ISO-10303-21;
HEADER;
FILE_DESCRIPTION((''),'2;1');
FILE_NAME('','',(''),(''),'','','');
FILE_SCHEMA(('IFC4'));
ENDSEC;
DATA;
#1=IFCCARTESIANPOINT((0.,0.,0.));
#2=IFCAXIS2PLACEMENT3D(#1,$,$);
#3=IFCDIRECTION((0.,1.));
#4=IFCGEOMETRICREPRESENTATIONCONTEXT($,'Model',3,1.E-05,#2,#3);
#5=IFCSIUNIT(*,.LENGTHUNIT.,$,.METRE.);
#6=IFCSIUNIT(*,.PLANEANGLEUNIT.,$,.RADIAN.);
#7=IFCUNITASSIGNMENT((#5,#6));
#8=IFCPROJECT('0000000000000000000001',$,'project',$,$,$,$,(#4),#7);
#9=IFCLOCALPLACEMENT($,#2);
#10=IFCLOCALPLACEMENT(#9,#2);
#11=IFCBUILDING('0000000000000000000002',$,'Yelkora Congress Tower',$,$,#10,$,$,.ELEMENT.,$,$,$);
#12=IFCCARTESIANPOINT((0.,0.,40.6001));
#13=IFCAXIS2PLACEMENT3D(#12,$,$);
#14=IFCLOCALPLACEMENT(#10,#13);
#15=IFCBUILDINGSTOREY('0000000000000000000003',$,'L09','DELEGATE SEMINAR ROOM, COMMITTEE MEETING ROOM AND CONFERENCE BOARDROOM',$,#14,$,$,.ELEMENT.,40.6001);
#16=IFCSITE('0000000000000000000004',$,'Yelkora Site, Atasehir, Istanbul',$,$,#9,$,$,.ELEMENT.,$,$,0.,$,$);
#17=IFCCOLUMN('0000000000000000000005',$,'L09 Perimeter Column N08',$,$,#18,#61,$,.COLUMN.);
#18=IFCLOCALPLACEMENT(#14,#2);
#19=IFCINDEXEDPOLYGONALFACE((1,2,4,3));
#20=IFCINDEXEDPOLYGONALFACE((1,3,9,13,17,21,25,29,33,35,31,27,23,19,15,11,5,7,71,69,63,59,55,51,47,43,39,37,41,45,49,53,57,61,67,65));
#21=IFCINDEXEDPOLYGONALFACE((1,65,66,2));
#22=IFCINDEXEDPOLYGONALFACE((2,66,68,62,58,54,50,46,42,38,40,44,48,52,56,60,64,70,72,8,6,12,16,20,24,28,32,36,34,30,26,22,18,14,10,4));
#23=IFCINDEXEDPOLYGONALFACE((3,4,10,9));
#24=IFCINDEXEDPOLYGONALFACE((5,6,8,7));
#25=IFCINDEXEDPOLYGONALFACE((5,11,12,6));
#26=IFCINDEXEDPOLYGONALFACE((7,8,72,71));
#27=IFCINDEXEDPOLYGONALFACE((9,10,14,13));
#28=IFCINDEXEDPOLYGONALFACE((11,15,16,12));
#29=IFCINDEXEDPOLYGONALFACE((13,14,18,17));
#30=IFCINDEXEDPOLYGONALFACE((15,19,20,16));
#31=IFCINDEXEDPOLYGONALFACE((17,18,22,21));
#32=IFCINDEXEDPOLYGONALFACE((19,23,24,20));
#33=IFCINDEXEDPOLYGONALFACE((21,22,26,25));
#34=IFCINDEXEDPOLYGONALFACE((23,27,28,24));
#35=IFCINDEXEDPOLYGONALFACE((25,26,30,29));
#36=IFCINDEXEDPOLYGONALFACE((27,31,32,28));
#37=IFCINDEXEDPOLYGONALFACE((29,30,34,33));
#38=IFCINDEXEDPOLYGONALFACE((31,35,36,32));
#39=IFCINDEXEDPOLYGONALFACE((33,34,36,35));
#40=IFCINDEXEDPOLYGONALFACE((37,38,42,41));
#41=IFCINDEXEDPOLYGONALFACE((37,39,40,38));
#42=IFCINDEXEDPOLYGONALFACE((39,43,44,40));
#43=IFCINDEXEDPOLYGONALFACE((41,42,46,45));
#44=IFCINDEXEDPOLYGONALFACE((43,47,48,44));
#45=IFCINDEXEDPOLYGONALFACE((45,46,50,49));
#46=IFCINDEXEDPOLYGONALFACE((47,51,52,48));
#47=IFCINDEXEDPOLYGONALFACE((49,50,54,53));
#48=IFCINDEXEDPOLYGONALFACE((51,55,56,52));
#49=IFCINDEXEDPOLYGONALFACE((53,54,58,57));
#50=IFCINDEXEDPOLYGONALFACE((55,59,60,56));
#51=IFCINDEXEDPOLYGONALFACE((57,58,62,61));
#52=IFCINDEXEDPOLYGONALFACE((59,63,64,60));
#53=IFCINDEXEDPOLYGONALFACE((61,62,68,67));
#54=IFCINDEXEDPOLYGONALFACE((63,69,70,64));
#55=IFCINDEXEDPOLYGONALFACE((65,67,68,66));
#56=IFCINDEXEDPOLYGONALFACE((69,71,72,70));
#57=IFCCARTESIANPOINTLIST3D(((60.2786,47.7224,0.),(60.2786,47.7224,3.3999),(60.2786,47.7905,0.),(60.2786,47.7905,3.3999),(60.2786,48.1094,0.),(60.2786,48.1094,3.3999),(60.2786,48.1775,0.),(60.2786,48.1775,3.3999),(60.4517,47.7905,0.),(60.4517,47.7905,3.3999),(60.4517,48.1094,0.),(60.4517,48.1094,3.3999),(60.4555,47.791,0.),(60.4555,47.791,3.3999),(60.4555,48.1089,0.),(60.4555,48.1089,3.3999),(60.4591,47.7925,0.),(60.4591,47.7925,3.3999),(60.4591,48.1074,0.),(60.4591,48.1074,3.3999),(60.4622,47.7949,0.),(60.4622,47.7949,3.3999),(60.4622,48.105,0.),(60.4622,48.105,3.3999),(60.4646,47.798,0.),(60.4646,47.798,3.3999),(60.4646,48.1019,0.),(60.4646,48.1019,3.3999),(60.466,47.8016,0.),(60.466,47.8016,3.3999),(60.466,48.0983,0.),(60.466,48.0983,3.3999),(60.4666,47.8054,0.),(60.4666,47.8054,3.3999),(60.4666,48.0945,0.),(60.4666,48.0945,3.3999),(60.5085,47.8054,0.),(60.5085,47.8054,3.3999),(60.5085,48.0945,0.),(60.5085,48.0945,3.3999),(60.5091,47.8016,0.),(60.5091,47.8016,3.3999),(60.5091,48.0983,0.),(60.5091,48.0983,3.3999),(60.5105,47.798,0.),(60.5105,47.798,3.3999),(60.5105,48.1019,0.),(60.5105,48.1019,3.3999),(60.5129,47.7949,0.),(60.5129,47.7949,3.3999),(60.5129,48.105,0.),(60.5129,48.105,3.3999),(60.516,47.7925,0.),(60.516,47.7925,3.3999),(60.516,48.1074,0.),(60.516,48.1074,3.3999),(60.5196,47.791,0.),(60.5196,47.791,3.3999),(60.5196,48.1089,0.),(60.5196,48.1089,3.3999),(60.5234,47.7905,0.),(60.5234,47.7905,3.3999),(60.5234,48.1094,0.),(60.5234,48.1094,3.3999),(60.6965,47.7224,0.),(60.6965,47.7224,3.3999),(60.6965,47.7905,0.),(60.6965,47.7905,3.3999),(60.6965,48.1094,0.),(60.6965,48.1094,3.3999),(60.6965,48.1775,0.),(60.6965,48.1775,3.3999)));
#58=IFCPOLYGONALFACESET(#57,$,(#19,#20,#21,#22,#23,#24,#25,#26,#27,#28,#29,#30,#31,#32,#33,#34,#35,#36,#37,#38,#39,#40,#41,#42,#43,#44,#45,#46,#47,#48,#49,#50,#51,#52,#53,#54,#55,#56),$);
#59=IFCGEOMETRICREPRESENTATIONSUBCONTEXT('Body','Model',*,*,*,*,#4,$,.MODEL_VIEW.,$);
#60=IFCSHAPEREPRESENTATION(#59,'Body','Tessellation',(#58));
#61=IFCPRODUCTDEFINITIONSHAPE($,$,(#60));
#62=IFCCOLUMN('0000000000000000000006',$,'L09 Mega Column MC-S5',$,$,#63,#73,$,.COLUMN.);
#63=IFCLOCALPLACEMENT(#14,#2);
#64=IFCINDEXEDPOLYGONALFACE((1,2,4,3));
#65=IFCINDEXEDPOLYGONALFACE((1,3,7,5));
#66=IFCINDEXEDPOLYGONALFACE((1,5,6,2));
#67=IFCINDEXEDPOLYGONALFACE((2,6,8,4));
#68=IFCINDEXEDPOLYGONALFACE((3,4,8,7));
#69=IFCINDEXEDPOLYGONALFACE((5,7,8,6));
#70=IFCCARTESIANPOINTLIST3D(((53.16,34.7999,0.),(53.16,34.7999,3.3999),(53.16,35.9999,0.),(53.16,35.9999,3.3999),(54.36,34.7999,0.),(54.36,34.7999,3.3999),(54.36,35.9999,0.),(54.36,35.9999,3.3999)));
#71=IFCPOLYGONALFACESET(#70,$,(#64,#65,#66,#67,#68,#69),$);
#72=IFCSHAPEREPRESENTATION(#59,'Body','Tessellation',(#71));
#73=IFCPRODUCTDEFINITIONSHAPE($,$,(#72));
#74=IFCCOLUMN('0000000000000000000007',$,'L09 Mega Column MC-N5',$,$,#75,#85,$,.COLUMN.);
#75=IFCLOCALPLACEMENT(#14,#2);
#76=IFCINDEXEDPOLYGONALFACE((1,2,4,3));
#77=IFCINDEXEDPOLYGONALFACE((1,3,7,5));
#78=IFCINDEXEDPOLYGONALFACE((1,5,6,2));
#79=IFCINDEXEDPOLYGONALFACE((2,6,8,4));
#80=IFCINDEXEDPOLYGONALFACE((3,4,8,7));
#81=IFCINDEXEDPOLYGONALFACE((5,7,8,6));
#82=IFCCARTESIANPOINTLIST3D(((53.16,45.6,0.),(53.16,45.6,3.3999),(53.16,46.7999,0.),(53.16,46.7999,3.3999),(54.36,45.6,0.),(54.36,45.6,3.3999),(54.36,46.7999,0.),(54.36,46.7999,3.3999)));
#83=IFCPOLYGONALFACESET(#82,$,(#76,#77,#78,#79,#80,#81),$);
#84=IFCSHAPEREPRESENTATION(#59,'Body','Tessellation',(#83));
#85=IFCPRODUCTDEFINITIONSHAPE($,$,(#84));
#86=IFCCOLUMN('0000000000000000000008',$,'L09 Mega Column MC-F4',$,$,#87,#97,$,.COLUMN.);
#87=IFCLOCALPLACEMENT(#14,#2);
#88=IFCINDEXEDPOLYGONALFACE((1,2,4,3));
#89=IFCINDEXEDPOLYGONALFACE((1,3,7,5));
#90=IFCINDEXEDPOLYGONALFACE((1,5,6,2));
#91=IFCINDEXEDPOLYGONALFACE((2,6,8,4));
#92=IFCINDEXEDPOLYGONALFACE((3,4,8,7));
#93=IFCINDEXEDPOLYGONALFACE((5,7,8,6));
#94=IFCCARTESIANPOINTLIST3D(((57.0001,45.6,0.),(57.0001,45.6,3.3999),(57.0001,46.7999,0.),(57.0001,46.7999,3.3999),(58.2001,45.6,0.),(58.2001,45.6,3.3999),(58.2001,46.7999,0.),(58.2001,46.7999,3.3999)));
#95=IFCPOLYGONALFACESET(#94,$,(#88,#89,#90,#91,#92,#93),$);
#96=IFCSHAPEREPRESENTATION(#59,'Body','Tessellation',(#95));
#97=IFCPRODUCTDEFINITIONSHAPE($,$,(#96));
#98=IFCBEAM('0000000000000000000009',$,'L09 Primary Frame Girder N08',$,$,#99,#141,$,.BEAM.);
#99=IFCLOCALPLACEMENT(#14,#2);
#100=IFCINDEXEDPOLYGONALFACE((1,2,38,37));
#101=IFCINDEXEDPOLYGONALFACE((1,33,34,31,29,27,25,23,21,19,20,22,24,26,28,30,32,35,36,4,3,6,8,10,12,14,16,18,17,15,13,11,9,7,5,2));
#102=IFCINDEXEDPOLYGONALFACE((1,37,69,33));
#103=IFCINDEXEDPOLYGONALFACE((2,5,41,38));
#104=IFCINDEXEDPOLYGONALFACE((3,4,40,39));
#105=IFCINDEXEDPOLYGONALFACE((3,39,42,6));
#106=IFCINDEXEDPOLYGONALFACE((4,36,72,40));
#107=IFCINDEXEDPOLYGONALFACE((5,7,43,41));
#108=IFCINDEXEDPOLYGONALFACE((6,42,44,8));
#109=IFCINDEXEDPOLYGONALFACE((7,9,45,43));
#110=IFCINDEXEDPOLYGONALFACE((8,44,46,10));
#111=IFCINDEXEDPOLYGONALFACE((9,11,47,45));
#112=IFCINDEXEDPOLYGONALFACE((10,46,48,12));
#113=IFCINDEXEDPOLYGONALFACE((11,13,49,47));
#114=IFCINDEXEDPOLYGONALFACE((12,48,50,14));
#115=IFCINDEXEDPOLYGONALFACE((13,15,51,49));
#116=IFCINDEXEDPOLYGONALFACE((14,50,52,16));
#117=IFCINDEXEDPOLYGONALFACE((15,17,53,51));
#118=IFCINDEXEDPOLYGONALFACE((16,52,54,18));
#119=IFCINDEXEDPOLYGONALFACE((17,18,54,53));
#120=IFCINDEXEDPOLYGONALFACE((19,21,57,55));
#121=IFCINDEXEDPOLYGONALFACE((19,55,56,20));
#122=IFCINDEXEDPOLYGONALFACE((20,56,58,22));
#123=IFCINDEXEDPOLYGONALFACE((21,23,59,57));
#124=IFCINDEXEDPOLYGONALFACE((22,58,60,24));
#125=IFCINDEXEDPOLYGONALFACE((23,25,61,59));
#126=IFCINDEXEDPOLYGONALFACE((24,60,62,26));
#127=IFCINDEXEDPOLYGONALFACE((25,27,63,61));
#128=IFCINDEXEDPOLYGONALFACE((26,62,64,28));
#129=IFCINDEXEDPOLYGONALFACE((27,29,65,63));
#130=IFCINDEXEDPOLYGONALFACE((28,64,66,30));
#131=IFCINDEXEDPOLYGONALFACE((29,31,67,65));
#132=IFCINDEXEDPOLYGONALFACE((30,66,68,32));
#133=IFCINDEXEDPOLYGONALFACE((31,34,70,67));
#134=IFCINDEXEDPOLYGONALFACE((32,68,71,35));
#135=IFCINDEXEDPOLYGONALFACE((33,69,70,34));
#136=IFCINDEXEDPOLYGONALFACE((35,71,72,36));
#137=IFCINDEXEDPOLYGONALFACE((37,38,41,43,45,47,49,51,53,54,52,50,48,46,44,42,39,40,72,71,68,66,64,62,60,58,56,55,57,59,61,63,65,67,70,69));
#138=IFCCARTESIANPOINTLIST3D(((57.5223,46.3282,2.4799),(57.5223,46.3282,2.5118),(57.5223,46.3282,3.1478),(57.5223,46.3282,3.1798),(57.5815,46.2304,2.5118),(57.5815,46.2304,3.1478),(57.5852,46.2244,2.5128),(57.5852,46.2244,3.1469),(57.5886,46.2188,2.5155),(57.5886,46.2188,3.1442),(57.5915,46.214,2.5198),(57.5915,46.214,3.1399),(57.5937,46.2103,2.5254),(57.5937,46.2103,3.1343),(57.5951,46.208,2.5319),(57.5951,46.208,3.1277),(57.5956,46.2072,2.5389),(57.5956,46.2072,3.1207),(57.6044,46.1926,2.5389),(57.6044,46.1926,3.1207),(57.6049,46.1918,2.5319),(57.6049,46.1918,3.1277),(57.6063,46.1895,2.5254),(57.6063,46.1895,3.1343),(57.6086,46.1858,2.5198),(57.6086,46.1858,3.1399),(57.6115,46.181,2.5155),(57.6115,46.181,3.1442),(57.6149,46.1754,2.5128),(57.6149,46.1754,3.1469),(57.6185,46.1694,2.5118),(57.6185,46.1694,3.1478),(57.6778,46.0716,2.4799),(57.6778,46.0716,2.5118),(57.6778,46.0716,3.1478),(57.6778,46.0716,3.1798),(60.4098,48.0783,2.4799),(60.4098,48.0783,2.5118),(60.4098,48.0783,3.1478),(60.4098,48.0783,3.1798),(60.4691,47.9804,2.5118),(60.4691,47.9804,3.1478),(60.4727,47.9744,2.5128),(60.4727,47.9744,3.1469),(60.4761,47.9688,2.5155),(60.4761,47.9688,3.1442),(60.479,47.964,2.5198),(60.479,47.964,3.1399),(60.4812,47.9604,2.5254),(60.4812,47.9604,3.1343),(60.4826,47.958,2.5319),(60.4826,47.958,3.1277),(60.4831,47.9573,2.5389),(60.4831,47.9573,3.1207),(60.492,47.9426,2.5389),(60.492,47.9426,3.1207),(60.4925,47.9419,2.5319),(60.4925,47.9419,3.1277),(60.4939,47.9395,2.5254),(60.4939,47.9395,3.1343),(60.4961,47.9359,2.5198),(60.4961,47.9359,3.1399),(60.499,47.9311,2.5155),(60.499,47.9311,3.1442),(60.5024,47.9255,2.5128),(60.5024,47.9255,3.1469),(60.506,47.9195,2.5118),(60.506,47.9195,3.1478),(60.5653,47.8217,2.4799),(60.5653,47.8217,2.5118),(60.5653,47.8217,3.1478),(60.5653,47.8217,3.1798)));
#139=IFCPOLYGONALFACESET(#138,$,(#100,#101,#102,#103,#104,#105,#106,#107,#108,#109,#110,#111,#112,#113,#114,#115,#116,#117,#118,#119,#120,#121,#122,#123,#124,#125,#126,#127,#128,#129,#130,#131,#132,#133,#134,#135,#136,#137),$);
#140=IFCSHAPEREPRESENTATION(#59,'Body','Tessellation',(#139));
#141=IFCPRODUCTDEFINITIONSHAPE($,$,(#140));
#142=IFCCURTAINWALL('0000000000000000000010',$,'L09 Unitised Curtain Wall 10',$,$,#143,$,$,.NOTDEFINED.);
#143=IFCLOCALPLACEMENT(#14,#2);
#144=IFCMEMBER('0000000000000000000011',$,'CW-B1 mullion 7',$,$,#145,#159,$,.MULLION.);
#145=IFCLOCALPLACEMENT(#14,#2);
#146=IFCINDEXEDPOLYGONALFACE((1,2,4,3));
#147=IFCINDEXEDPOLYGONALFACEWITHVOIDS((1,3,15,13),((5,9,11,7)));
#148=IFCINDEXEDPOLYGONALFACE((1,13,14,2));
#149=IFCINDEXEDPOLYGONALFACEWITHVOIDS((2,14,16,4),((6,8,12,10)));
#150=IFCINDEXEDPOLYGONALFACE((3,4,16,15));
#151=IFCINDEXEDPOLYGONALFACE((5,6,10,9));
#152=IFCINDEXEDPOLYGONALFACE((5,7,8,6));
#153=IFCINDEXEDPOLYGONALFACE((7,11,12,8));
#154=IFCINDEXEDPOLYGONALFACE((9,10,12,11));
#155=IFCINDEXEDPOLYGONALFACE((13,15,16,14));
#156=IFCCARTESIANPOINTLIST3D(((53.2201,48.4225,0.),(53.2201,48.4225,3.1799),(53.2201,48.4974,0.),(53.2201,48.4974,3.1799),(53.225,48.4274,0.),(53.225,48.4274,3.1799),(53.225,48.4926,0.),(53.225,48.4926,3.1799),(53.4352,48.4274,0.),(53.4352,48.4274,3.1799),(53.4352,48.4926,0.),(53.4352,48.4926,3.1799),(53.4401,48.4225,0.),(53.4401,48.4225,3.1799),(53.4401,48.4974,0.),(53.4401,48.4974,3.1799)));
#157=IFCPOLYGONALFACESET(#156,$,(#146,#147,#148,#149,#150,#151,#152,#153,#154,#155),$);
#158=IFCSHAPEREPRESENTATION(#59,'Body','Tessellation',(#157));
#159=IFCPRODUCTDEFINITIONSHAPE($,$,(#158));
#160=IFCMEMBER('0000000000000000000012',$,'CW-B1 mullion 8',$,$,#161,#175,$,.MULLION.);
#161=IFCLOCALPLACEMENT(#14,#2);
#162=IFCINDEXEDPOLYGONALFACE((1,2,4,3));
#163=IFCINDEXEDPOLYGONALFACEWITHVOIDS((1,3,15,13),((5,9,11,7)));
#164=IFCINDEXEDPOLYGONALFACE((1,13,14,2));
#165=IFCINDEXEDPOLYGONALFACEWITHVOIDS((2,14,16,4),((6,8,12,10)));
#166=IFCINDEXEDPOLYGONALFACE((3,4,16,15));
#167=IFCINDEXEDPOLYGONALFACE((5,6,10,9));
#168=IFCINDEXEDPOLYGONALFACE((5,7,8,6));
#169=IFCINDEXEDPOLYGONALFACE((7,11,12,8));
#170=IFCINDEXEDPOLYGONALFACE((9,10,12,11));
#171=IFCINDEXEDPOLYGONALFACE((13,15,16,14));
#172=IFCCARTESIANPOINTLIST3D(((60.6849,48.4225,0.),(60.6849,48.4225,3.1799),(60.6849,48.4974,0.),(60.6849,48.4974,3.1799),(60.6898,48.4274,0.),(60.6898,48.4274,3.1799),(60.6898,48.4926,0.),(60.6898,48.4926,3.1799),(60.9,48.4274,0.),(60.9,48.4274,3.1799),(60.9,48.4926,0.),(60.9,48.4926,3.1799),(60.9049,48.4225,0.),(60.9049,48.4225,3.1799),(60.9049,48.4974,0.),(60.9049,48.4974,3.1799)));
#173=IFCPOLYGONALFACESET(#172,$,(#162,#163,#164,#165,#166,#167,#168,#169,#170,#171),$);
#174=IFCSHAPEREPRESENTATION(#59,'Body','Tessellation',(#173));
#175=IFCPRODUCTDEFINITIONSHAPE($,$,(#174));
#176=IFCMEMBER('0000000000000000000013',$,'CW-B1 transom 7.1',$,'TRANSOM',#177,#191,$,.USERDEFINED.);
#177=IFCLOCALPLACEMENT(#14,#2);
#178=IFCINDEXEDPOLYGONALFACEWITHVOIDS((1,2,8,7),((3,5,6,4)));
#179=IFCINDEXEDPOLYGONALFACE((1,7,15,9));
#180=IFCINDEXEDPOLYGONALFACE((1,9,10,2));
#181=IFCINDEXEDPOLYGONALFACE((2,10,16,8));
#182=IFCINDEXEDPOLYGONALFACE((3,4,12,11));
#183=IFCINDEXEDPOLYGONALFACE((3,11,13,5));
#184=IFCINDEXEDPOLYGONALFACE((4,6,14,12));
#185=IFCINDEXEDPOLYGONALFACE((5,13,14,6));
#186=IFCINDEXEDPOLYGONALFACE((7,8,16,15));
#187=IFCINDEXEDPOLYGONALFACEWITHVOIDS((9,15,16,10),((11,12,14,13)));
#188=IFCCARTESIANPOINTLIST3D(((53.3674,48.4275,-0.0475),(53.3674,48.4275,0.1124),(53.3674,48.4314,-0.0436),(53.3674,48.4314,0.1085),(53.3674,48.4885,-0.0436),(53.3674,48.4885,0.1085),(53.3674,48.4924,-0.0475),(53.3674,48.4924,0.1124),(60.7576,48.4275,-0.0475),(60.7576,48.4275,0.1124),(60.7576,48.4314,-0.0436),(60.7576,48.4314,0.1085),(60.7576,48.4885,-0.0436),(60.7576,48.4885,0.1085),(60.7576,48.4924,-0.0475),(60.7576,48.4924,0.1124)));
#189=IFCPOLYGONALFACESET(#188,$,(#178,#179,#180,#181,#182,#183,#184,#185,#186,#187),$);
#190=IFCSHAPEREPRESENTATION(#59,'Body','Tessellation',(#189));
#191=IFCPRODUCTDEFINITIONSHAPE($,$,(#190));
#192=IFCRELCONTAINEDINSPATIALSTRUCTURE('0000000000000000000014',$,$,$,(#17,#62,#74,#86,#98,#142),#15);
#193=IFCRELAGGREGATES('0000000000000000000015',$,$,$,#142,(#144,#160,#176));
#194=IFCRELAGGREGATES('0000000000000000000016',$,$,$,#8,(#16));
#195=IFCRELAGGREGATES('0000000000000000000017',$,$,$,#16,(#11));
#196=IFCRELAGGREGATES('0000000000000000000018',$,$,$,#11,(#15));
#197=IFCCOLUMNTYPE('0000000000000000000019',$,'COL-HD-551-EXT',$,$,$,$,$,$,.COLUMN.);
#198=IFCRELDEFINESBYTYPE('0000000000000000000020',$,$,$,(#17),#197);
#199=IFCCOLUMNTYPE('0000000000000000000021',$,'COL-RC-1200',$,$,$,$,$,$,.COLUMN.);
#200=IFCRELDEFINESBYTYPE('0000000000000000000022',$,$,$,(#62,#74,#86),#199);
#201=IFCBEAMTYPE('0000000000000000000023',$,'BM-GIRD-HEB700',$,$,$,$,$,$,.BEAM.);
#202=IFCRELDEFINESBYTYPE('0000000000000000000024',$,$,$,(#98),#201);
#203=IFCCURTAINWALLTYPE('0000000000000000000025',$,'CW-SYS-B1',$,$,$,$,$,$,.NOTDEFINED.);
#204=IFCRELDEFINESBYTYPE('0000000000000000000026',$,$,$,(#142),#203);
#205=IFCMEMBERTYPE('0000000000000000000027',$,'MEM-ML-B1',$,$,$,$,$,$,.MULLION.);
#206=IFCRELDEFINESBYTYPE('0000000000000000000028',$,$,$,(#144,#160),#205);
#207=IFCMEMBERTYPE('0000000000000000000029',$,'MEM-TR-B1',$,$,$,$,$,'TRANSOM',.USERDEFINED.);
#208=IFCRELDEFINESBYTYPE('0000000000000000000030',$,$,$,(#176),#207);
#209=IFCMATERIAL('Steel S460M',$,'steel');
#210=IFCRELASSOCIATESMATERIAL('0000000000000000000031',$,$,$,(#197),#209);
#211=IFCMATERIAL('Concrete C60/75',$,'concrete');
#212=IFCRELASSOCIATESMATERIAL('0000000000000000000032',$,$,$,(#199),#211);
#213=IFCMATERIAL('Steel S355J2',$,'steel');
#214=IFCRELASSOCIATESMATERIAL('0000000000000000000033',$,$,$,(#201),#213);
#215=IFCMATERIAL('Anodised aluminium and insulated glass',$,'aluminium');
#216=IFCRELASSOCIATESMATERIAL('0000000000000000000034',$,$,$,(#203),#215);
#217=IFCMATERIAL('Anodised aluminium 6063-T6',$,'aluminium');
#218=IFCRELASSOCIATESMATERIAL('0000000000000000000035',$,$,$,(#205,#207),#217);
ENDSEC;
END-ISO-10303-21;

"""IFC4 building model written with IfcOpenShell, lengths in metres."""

from ifc_helpers import new_model, si_unit, direction, frame, origin, origin_2d, place, context, subcontext, project, spatial, rectangle, hollow_rectangle, i_section, extrude, material, material_profile, profile_set, type_object, element, aggregate, save


model = new_model("IFC4")

# Units and contexts
model_context = context("Model", 3, precision=1e-05, world=origin(), true_north=direction((0.0, 1.0)))
body_context = subcontext(model_context, "Body", "Model", "MODEL_VIEW")
ifc_project = project(units=[si_unit("LENGTHUNIT", "METRE"), si_unit("PLANEANGLEUNIT", "RADIAN")], contexts=[model_context])

# Site, building, storey
site_placement = place(None, origin())
site = spatial("IfcSite", under=ifc_project, at=site_placement, Name="Yelkora Site, Atasehir, Istanbul", CompositionType="ELEMENT", RefElevation=0.0)
building_placement = place(site_placement, origin())
building = spatial("IfcBuilding", under=site, at=building_placement, Name="Yelkora Congress Tower", CompositionType="ELEMENT")
storey_placement = place(building_placement, frame((0.0, 0.0, 40.6001)))
storey = spatial("IfcBuildingStorey", under=building, at=storey_placement, Name="L09", Description="DELEGATE SEMINAR ROOM, COMMITTEE MEETING ROOM AND CONFERENCE BOARDROOM", CompositionType="ELEMENT", Elevation=40.6001)

# Columns
ifc_material_1 = material(Name="Steel S460M", Category="steel")
ifc_material_profile_1 = material_profile(ifc_material_1, i_section(OverallWidth=0.418, OverallDepth=0.4551, WebThickness=0.042, FlangeThickness=0.0681, FilletRadius=0.0149, at=origin_2d()), Name="HD 400x551")
ifc_profile_set_1 = profile_set([ifc_material_profile_1], Name="Steel S460M")
column_type_1 = type_object("IfcColumnType", Name="COL-HD-551-EXT", PredefinedType="COLUMN", material=ifc_profile_set_1)
column_placement = place(storey_placement, frame((60.4875, 47.95, 0.0), z_axis=(0.0, 0.0, 1.0), x_axis=(1.0, 0.0, 0.0)))
element("IfcColumn", 1, at=column_placement, inside=storey, type_object=column_type_1, Name="L09 Perimeter Column N08", PredefinedType="COLUMN", context=body_context, shape_type="SweptSolid", body=[
    extrude(i_section(OverallWidth=0.418, OverallDepth=0.4551, WebThickness=0.042, FlangeThickness=0.0681, FilletRadius=0.0149, at=origin_2d()), origin(), (0.0, 0.0, 1.0), 3.3999),
])
ifc_material_2 = material(Name="Concrete C60/75", Category="concrete")
ifc_material_profile_2 = material_profile(ifc_material_2, rectangle(XDim=1.2, YDim=1.2, at=origin_2d()), Name="RC 1200x1200")
ifc_profile_set_2 = profile_set([ifc_material_profile_2], Name="Concrete C60/75")
column_type_2 = type_object("IfcColumnType", Name="COL-RC-1200", PredefinedType="COLUMN", material=ifc_profile_set_2)
for number, where, z_axis, x_axis, name in (
    (2, (53.76, 35.3999, 0.0), (0.0, 0.0, 1.0), (1.0, 0.0, 0.0), "L09 Mega Column MC-S5"),
    (3, (53.76, 46.2, 0.0), (0.0, 0.0, 1.0), (1.0, 0.0, 0.0), "L09 Mega Column MC-N5"),
    (4, (57.6001, 46.2, 0.0), (0.0, 0.0, 1.0), (1.0, 0.0, 0.0), "L09 Mega Column MC-F4"),
):
    element("IfcColumn", number, at=place(storey_placement, frame(where, z_axis=z_axis, x_axis=x_axis)), inside=storey, type_object=column_type_2, Name=name, PredefinedType="COLUMN", context=body_context, shape_type="SweptSolid", body=[
        extrude(rectangle(XDim=1.2, YDim=1.2, at=origin_2d()), origin(), (0.0, 0.0, 1.0), 3.3999),
    ])

# Beam
ifc_material_3 = material(Name="Steel S355J2", Category="steel")
ifc_material_profile_3 = material_profile(ifc_material_3, i_section(OverallWidth=0.3, OverallDepth=0.7, WebThickness=0.0171, FlangeThickness=0.032, FilletRadius=0.0271, at=origin_2d()), Name="HEB 700")
ifc_profile_set_3 = profile_set([ifc_material_profile_3], Name="Steel S355J2")
beam_type = type_object("IfcBeamType", Name="BM-GIRD-HEB700", PredefinedType="BEAM", material=ifc_profile_set_3)
beam_placement = place(storey_placement, frame((60.4875, 47.95, 2.8298), z_axis=(-0.855194, -0.518308, 0.0), x_axis=(0.518308, -0.855194, 0.0)))
element("IfcBeam", 5, at=beam_placement, inside=storey, type_object=beam_type, Name="L09 Primary Frame Girder N08", PredefinedType="BEAM", context=body_context, shape_type="SweptSolid", body=[
    extrude(i_section(OverallWidth=0.3, OverallDepth=0.7, WebThickness=0.0171, FlangeThickness=0.032, FilletRadius=0.0271, at=origin_2d()), origin(), (0.0, 0.0, 1.0), 3.3765),
])

# Curtain wall, members
ifc_material_4 = material(Name="Anodised aluminium and insulated glass", Category="aluminium")
curtain_wall_type = type_object("IfcCurtainWallType", Name="CW-SYS-B1", PredefinedType="NOTDEFINED", material=ifc_material_4)
curtain_wall_placement = place(storey_placement, origin())
curtain_wall = element("IfcCurtainWall", 6, at=curtain_wall_placement, inside=storey, type_object=curtain_wall_type, Name="L09 Unitised Curtain Wall 10", PredefinedType="NOTDEFINED")
ifc_material_5 = material(Name="Anodised aluminium 6063-T6", Category="aluminium")
ifc_material_profile_4 = material_profile(ifc_material_5, hollow_rectangle(XDim=0.075, YDim=0.22, WallThickness=0.0049, at=origin_2d()), Name="ALU 75x220x5")
ifc_profile_set_4 = profile_set([ifc_material_profile_4], Name="Anodised aluminium 6063-T6")
member_type_1 = type_object("IfcMemberType", Name="MEM-ML-B1", PredefinedType="MULLION", material=ifc_profile_set_4)
member_1_placement = place(storey_placement, frame((53.3301, 48.46, 0.0), z_axis=(0.0, 0.0, 1.0), x_axis=(0.0, 1.0, 0.0)))
member_1 = element("IfcMember", 7, at=member_1_placement, type_object=member_type_1, Name="CW-B1 mullion 7", PredefinedType="MULLION", context=body_context, shape_type="SweptSolid", body=[
    extrude(hollow_rectangle(XDim=0.075, YDim=0.22, WallThickness=0.0049, at=origin_2d()), origin(), (0.0, 0.0, 1.0), 3.1799),
])
member_2_placement = place(storey_placement, frame((60.7949, 48.46, 0.0), z_axis=(0.0, 0.0, 1.0), x_axis=(0.0, 1.0, 0.0)))
member_2 = element("IfcMember", 8, at=member_2_placement, type_object=member_type_1, Name="CW-B1 mullion 8", PredefinedType="MULLION", context=body_context, shape_type="SweptSolid", body=[
    extrude(hollow_rectangle(XDim=0.075, YDim=0.22, WallThickness=0.0049, at=origin_2d()), origin(), (0.0, 0.0, 1.0), 3.1799),
])
ifc_material_profile_5 = material_profile(ifc_material_5, hollow_rectangle(XDim=0.0649, YDim=0.1599, WallThickness=0.0039, at=origin_2d()), Name="ALU 65x160x4")
ifc_profile_set_5 = profile_set([ifc_material_profile_5], Name="Anodised aluminium 6063-T6")
member_type_2 = type_object("IfcMemberType", Name="MEM-TR-B1", ElementType="TRANSOM", PredefinedType="USERDEFINED", material=ifc_profile_set_5)
member_3_placement = place(storey_placement, frame((53.3674, 48.46, 0.0325), z_axis=(1.0, 0.0, 0.0), x_axis=(0.0, 1.0, 0.0)))
member_3 = element("IfcMember", 9, at=member_3_placement, type_object=member_type_2, Name="CW-B1 transom 7.1", ObjectType="TRANSOM", PredefinedType="USERDEFINED", context=body_context, shape_type="SweptSolid", body=[
    extrude(hollow_rectangle(XDim=0.0649, YDim=0.1599, WallThickness=0.0039, at=origin_2d()), origin(), (0.0, 0.0, 1.0), 7.3901),
])
aggregate(curtain_wall, [member_1, member_2, member_3])

save(model, "model.ifc")
